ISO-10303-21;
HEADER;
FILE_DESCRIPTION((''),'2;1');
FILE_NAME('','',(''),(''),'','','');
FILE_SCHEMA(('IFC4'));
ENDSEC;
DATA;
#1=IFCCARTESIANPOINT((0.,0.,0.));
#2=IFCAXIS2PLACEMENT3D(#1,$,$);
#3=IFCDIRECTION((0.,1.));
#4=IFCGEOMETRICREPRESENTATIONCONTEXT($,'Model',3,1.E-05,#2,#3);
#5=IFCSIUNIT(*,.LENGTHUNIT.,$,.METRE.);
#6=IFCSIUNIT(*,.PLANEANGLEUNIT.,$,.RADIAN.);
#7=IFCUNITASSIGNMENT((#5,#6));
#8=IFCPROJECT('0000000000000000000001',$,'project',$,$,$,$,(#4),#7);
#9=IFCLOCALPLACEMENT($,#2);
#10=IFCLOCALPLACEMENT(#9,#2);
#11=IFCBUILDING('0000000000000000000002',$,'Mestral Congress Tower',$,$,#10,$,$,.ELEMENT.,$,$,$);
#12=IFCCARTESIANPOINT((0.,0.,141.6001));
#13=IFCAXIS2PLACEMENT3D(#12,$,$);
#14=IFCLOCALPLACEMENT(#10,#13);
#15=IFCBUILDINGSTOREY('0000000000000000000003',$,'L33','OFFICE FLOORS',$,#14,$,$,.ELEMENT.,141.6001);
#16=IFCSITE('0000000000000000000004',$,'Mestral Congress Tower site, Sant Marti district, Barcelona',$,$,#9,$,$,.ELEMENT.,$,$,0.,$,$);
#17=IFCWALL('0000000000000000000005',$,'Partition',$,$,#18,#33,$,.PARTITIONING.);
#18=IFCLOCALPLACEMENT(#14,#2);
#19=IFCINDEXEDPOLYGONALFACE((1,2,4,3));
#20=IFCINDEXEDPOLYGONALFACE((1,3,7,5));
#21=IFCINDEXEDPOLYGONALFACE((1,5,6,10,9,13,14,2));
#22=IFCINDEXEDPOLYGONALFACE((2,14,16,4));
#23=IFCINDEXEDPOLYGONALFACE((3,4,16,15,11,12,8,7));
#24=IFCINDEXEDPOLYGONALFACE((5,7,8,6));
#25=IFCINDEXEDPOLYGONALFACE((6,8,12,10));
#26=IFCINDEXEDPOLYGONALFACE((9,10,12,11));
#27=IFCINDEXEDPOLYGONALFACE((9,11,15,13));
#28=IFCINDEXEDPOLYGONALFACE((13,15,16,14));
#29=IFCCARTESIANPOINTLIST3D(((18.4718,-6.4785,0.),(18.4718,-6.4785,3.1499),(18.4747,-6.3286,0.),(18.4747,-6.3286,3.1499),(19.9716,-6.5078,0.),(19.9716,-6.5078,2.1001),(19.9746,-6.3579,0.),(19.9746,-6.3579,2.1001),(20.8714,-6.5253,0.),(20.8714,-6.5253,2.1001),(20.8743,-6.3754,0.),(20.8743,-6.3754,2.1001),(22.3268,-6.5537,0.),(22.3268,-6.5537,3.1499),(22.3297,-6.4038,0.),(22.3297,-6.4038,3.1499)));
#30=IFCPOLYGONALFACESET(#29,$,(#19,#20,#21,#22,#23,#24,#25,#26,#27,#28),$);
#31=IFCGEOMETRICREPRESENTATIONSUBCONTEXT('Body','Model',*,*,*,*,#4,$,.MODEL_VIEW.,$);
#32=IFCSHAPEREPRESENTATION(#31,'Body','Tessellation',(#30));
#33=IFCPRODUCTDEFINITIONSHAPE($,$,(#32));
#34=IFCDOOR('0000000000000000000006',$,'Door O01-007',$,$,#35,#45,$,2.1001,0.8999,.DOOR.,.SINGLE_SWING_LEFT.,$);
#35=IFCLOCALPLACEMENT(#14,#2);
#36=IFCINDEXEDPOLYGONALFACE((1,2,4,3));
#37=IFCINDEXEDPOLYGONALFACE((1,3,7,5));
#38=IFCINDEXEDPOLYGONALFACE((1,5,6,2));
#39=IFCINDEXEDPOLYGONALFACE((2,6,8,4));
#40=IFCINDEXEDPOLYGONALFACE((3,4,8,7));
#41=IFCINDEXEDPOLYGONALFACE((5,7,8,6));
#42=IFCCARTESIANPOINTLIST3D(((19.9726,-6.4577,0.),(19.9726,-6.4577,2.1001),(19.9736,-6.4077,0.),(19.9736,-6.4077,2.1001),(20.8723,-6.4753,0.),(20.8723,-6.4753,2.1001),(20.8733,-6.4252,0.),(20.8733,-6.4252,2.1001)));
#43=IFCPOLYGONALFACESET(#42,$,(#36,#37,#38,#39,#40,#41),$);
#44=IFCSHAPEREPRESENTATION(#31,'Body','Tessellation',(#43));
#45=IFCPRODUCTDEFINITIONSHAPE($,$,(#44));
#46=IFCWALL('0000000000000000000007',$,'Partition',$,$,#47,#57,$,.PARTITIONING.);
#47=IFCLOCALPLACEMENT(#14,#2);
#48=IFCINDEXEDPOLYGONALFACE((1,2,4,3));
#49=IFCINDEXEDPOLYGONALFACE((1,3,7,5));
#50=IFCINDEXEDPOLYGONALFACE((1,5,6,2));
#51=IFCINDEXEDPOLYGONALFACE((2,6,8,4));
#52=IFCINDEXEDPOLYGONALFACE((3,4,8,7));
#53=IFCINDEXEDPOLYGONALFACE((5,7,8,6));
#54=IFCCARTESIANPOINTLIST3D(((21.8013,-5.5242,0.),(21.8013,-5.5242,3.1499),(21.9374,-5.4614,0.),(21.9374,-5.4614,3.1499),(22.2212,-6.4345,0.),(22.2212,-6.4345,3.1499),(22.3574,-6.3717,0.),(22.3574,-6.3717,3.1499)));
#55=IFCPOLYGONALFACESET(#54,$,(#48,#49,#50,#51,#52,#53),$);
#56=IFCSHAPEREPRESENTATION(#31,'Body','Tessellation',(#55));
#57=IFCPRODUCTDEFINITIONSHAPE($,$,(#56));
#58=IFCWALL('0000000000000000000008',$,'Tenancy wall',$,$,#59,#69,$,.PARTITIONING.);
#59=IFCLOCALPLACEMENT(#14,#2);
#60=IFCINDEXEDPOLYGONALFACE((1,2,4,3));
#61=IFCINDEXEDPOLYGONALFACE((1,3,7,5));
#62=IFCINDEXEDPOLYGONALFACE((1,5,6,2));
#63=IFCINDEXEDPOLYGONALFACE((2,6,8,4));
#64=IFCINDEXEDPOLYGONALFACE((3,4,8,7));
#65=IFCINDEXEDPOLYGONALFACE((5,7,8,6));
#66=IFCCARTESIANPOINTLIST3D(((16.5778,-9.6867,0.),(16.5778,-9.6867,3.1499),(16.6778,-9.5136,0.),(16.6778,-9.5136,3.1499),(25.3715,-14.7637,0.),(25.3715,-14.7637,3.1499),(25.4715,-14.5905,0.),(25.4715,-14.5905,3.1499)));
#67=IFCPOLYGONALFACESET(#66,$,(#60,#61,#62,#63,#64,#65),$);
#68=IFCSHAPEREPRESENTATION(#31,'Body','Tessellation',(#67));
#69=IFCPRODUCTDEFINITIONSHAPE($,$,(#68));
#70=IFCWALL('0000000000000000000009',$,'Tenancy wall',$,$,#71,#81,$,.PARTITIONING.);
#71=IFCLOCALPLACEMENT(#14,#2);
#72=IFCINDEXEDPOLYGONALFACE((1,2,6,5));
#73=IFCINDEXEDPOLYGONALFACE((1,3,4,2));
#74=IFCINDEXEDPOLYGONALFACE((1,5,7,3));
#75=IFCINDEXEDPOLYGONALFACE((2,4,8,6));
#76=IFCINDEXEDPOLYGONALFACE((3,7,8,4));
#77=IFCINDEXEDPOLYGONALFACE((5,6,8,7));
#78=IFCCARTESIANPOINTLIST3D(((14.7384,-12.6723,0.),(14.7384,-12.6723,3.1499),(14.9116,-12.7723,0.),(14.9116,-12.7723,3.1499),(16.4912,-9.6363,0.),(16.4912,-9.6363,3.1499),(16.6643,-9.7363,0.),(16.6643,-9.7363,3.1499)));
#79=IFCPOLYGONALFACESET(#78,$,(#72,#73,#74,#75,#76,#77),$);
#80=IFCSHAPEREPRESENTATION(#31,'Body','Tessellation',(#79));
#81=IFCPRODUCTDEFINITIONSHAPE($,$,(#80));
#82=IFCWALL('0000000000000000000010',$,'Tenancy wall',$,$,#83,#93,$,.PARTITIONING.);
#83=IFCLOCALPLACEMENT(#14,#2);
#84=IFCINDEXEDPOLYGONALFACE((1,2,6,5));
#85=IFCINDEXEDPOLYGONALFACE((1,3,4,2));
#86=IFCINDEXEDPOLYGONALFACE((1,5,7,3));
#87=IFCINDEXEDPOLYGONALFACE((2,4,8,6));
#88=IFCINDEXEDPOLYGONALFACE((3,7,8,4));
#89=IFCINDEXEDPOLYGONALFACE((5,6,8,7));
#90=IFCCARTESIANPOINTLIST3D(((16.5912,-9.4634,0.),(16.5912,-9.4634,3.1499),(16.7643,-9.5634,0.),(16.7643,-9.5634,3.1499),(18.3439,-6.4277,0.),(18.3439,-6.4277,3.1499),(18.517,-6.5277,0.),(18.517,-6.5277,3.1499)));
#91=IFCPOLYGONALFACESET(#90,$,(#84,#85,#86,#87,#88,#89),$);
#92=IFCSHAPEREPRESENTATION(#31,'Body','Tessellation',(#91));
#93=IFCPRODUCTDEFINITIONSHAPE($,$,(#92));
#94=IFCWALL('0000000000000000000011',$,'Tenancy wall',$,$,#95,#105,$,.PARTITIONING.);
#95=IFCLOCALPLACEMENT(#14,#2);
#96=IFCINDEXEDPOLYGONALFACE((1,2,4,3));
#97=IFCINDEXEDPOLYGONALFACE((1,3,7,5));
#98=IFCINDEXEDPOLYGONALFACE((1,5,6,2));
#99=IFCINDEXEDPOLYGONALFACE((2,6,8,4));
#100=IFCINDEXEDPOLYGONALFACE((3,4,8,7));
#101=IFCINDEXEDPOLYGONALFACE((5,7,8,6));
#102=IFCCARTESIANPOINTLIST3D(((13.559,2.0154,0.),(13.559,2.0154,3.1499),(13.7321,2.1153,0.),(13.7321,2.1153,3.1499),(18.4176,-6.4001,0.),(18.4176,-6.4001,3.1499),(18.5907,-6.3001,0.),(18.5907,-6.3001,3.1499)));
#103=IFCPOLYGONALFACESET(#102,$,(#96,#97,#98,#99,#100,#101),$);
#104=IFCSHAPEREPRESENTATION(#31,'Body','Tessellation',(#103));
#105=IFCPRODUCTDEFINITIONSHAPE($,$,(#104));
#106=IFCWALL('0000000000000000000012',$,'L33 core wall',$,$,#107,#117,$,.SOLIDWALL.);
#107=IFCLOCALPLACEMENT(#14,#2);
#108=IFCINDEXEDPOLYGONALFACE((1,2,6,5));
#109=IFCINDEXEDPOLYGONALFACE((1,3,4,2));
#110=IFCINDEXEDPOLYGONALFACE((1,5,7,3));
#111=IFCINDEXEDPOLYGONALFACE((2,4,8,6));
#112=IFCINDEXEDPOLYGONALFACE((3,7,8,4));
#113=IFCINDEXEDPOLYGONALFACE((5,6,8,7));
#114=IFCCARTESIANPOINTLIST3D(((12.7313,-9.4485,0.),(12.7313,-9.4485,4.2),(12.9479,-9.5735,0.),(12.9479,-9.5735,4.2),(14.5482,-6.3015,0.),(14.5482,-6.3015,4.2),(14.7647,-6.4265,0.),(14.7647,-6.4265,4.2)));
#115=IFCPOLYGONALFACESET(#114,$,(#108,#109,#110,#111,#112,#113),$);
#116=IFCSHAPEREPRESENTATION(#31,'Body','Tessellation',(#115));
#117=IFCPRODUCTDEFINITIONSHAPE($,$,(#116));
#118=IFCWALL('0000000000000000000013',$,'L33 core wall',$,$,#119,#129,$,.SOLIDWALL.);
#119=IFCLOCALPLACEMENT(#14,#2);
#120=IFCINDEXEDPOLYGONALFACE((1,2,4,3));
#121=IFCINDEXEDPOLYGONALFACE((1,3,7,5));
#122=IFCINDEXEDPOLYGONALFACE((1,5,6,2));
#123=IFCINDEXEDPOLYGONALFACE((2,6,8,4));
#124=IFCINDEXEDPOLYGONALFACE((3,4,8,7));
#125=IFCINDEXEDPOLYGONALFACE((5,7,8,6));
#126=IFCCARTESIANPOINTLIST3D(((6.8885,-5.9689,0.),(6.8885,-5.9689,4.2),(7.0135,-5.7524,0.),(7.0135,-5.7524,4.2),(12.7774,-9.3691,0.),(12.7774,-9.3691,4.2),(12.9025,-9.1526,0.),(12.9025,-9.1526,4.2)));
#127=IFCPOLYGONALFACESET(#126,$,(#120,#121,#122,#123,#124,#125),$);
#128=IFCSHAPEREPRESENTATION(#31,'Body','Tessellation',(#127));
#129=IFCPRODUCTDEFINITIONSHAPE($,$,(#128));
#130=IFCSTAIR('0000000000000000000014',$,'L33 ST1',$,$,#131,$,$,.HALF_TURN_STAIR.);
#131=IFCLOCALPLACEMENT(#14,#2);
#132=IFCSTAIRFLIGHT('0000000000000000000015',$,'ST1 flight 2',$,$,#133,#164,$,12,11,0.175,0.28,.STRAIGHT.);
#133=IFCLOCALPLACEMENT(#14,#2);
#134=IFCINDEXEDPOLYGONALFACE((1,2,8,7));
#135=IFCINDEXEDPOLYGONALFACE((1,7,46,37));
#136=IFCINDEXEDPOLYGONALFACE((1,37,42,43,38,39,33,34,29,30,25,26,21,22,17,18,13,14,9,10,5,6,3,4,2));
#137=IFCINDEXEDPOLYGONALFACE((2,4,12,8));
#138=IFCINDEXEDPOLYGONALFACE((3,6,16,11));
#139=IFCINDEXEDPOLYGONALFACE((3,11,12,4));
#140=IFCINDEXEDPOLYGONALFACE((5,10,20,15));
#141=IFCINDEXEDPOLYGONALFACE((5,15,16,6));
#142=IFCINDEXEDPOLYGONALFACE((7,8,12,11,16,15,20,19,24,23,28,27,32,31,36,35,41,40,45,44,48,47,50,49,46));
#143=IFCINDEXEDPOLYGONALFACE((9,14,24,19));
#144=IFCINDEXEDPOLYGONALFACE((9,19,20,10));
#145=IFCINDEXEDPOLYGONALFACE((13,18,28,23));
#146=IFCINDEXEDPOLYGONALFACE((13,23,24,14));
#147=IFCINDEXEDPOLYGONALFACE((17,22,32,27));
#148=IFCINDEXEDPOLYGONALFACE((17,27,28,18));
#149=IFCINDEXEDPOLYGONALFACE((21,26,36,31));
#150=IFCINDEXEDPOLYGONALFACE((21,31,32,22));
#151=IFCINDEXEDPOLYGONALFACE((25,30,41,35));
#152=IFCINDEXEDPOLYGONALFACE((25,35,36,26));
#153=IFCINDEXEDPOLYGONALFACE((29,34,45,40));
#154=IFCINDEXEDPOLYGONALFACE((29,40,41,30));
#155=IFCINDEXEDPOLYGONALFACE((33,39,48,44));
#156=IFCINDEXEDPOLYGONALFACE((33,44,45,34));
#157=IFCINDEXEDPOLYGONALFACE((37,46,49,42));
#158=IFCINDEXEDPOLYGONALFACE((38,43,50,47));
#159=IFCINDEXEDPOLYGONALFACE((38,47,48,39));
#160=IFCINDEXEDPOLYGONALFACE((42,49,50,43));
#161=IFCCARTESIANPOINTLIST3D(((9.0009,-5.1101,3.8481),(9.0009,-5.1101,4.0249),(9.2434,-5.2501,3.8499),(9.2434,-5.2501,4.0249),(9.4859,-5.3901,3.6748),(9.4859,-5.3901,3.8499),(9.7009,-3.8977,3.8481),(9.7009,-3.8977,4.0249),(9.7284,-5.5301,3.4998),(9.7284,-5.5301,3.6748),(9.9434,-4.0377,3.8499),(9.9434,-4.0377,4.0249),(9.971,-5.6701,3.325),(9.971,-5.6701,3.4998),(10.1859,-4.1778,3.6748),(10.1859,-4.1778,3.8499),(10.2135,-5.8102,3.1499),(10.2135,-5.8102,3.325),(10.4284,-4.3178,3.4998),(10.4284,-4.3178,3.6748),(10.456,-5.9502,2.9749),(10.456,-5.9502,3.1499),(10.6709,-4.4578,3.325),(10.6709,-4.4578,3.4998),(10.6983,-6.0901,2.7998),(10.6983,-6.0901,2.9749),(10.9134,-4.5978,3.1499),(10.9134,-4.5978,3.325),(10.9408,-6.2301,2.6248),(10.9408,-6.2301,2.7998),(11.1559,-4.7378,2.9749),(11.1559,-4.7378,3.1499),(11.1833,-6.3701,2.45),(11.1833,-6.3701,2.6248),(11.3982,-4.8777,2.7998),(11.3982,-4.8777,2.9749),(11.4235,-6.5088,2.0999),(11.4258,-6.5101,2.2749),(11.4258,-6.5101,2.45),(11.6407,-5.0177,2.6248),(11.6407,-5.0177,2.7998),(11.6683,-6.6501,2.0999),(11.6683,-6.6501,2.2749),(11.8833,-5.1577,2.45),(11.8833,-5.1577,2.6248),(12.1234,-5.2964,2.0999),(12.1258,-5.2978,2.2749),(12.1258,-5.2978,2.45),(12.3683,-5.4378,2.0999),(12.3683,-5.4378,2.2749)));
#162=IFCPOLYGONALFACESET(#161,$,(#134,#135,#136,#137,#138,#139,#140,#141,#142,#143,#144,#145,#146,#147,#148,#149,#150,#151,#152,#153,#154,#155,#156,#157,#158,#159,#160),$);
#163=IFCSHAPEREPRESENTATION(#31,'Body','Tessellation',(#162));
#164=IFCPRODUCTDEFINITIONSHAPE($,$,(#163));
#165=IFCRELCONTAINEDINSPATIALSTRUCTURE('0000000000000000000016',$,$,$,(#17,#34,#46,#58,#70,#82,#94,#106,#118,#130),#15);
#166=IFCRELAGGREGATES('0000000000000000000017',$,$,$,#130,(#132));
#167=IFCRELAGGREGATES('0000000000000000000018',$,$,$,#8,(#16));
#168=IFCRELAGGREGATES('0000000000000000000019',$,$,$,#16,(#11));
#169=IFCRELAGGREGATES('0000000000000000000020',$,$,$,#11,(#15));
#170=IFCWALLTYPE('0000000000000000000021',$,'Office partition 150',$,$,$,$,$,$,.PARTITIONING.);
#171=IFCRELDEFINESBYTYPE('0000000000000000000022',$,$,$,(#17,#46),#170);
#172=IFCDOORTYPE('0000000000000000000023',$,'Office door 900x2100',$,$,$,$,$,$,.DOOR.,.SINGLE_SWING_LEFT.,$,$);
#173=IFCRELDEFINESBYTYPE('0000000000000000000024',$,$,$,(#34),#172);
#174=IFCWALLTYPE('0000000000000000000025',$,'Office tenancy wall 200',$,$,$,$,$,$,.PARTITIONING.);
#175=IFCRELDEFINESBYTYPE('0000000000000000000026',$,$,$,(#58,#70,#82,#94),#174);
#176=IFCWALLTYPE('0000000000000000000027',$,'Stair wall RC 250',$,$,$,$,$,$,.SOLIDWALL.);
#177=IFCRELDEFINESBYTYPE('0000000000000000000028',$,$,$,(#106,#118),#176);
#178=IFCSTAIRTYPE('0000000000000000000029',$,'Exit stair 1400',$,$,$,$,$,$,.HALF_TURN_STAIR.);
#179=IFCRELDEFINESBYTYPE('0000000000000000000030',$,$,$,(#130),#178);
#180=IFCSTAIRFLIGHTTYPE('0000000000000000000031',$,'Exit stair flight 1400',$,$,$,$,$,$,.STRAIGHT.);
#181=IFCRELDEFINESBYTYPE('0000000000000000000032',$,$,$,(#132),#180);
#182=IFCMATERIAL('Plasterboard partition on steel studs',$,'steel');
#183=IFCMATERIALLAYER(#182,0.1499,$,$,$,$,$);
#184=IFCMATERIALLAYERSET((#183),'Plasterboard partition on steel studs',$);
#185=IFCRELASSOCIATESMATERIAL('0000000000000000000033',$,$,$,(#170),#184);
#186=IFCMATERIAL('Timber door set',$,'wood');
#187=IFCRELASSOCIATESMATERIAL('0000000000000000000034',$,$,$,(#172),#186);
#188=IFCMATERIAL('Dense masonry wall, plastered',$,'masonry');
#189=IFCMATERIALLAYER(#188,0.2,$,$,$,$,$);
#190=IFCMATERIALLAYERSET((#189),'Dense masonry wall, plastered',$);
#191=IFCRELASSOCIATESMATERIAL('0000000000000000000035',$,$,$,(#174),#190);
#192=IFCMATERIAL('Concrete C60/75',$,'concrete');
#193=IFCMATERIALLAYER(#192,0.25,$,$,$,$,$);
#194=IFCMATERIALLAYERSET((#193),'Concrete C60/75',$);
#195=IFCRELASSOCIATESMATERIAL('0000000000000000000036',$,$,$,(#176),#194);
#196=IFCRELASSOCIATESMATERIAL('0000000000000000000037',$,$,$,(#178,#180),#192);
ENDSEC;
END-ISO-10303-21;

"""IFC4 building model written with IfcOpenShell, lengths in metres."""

from ifc_helpers import new_model, si_unit, direction, frame, frame_2d, origin, place, context, subcontext, project, spatial, polyline, rectangle, outline, extrude, material, layer, layer_set, type_object, element, fill, aggregate, save


model = new_model("IFC4")

# Units and contexts
model_context = context("Model", 3, precision=1e-05, world=origin(), true_north=direction((0.0, 1.0)))
body_context = subcontext(model_context, "Body", "Model", "MODEL_VIEW")
ifc_project = project(units=[si_unit("LENGTHUNIT", "METRE"), si_unit("PLANEANGLEUNIT", "RADIAN")], contexts=[model_context])

# Site, building, storey
site_placement = place(None, origin())
site = spatial("IfcSite", under=ifc_project, at=site_placement, Name="Mestral Congress Tower site, Sant Marti district, Barcelona", CompositionType="ELEMENT", RefElevation=0.0)
building_placement = place(site_placement, origin())
building = spatial("IfcBuilding", under=site, at=building_placement, Name="Mestral Congress Tower", CompositionType="ELEMENT")
storey_placement = place(building_placement, frame((0.0, 0.0, 141.6001)))
storey = spatial("IfcBuildingStorey", under=building, at=storey_placement, Name="L33", Description="OFFICE FLOORS", CompositionType="ELEMENT", Elevation=141.6001)

# Shared definitions
ifc_material_1 = material(Name="Concrete C60/75", Category="concrete")

# Shared definitions
ifc_material_2 = material(Name="Plasterboard partition on steel studs", Category="steel")
ifc_layer_1 = layer(ifc_material_2, 0.1499)
ifc_layer_set_1 = layer_set([ifc_layer_1], Name="Plasterboard partition on steel studs")
wall_type_1 = type_object("IfcWallType", Name="Office partition 150", PredefinedType="PARTITIONING", material=ifc_layer_set_1)
ifc_material_3 = material(Name="Timber door set", Category="wood")
door_type = type_object("IfcDoorType", Name="Office door 900x2100", OperationType="SINGLE_SWING_LEFT", PredefinedType="DOOR", material=ifc_material_3)

# Wall, opening, door
wall_1_placement = place(storey_placement, frame((22.3281, -6.4788, 0.0), z_axis=(0.0, 0.0, 1.0), x_axis=(-0.99981, 0.019502, 0.0)))
wall_1 = element("IfcWall", 1, at=wall_1_placement, inside=storey, type_object=wall_type_1, Name="Partition", PredefinedType="PARTITIONING", context=body_context, shape_type="SweptSolid", body=[
    extrude(rectangle(XDim=3.8557, YDim=0.1499, at=frame_2d((1.9277, 0.0))), origin(), (0.0, 0.0, 1.0), 3.1499),
])
opening_1_placement = place(wall_1_placement, frame((1.4556, 0.0, 0.0)))
opening_1 = element("IfcOpeningElement", 2, at=opening_1_placement, cuts=wall_1, PredefinedType="OPENING", context=body_context, shape_type="SweptSolid", body=[
    extrude(rectangle(XDim=0.8999, YDim=2.1001, at=frame_2d((0.45, 1.05))), frame((0.0, 0.085, 0.0), z_axis=(0.0, -1.0, 0.0), x_axis=(1.0, 0.0, 0.0)), (0.0, 0.0, 1.0), 0.1699),
])
door_1_placement = place(opening_1_placement, origin())
door_1 = element("IfcDoor", 3, at=door_1_placement, inside=storey, type_object=door_type, Name="Door O01-007", OperationType="SINGLE_SWING_LEFT", OverallHeight=2.1001, OverallWidth=0.8999, PredefinedType="DOOR", context=body_context, shape_type="SweptSolid", body=[
    extrude(rectangle(XDim=0.8999, YDim=2.1001, at=frame_2d((0.45, 1.05))), frame((0.0, 0.0249, 0.0), z_axis=(0.0, -1.0, 0.0), x_axis=(1.0, 0.0, 0.0)), (0.0, 0.0, 1.0), 0.05),
])
fill(opening_1, door_1)

# Walls
wall_2_placement = place(storey_placement, frame((22.2893, -6.4031, 0.0), z_axis=(0.0, 0.0, 1.0), x_axis=(-0.418935, 0.908016, 0.0)))
element("IfcWall", 4, at=wall_2_placement, inside=storey, type_object=wall_type_1, Name="Partition", PredefinedType="PARTITIONING", context=body_context, shape_type="SweptSolid", body=[
    extrude(rectangle(XDim=1.0024, YDim=0.1499, at=frame_2d((0.5012, 0.0))), origin(), (0.0, 0.0, 1.0), 3.1499),
])
ifc_material_4 = material(Name="Dense masonry wall, plastered", Category="masonry")
ifc_layer_2 = layer(ifc_material_4, 0.2)
ifc_layer_set_2 = layer_set([ifc_layer_2], Name="Dense masonry wall, plastered")
wall_type_2 = type_object("IfcWallType", Name="Office tenancy wall 200", PredefinedType="PARTITIONING", material=ifc_layer_set_2)
wall_3_placement = place(storey_placement, frame((16.6277, -9.6001, 0.0), z_axis=(0.0, 0.0, 1.0), x_axis=(0.866031, -0.49999, 0.0)))
element("IfcWall", 5, at=wall_3_placement, inside=storey, type_object=wall_type_2, Name="Tenancy wall", PredefinedType="PARTITIONING", context=body_context, shape_type="SweptSolid", body=[
    extrude(rectangle(XDim=10.1541, YDim=0.2, at=frame_2d((5.0771, 0.0))), origin(), (0.0, 0.0, 1.0), 3.1499),
])
wall_4_placement = place(storey_placement, frame((14.825, -12.7224, 0.0), z_axis=(0.0, 0.0, 1.0), x_axis=(0.499982, 0.866036, 0.0)))
element("IfcWall", 6, at=wall_4_placement, inside=storey, type_object=wall_type_2, Name="Tenancy wall", PredefinedType="PARTITIONING", context=body_context, shape_type="SweptSolid", body=[
    extrude(rectangle(XDim=3.5056, YDim=0.2, at=frame_2d((1.7529, 0.0))), origin(), (0.0, 0.0, 1.0), 3.1499),
])
wall_5_placement = place(storey_placement, frame((16.6777, -9.5134, 0.0), z_axis=(0.0, 0.0, 1.0), x_axis=(0.500012, 0.866019, 0.0)))
element("IfcWall", 7, at=wall_5_placement, inside=storey, type_object=wall_type_2, Name="Tenancy wall", PredefinedType="PARTITIONING", context=body_context, shape_type="SweptSolid", body=[
    extrude(rectangle(XDim=3.5054, YDim=0.2, at=frame_2d((1.7527, 0.0))), origin(), (0.0, 0.0, 1.0), 3.1499),
])
wall_6_placement = place(storey_placement, frame((18.5042, -6.3501, 0.0), z_axis=(0.0, 0.0, 1.0), x_axis=(-0.499995, 0.866028, 0.0)))
element("IfcWall", 8, at=wall_6_placement, inside=storey, type_object=wall_type_2, Name="Tenancy wall", PredefinedType="PARTITIONING", context=body_context, shape_type="SweptSolid", body=[
    extrude(rectangle(XDim=9.7173, YDim=0.2, at=frame_2d((4.8586, 0.0))), origin(), (0.0, 0.0, 1.0), 3.1499),
])
ifc_layer_3 = layer(ifc_material_1, 0.25)
ifc_layer_set_3 = layer_set([ifc_layer_3], Name="Concrete C60/75")
wall_type_3 = type_object("IfcWallType", Name="Stair wall RC 250", PredefinedType="SOLIDWALL", material=ifc_layer_set_3)
wall_7_placement = place(storey_placement, frame((12.8396, -9.511, 0.0), z_axis=(0.0, 0.0, 1.0), x_axis=(0.499998, 0.866027, 0.0)))
element("IfcWall", 9, at=wall_7_placement, inside=storey, type_object=wall_type_3, Name="L33 core wall", PredefinedType="SOLIDWALL", context=body_context, shape_type="SweptSolid", body=[
    extrude(rectangle(XDim=3.6338, YDim=0.25, at=frame_2d((1.8169, 0.0))), origin(), (0.0, 0.0, 1.0), 4.2),
])
wall_8_placement = place(storey_placement, frame((12.8398, -9.2607, 0.0), z_axis=(0.0, 0.0, 1.0), x_axis=(-0.866014, 0.50002, 0.0)))
element("IfcWall", 10, at=wall_8_placement, inside=storey, type_object=wall_type_3, Name="L33 core wall", PredefinedType="SOLIDWALL", context=body_context, shape_type="SweptSolid", body=[
    extrude(rectangle(XDim=6.8, YDim=0.25, at=frame_2d((3.3999, 0.0))), origin(), (0.0, 0.0, 1.0), 4.2),
])

# Stair, stair flight
stair_type = type_object("IfcStairType", Name="Exit stair 1400", PredefinedType="HALF_TURN_STAIR", material=ifc_material_1)
stair_placement = place(storey_placement, origin())
stair = element("IfcStair", 11, at=stair_placement, inside=storey, type_object=stair_type, Name="L33 ST1", PredefinedType="HALF_TURN_STAIR")
stair_flight_type = type_object("IfcStairFlightType", Name="Exit stair flight 1400", PredefinedType="STRAIGHT", material=ifc_material_1)
stair_flight_placement = place(storey_placement, frame((12.0183, -6.0439, 2.0999), z_axis=(0.0, 0.0, 1.0), x_axis=(-0.866025, 0.5, 0.0)))
stair_flight = element("IfcStairFlight", 12, at=stair_flight_placement, type_object=stair_flight_type, Name="ST1 flight 2", NumberOfRisers=12, NumberOfTreads=11, PredefinedType="STRAIGHT", RiserHeight=0.175, TreadLength=0.28, context=body_context, shape_type="SweptSolid", body=[
    extrude(outline(polyline([(0.0, 0.0), (0.0, 0.175), (0.28, 0.175), (0.28, 0.3501), (0.5601, 0.3501), (0.5601, 0.5249), (0.8401, 0.5249), (0.8401, 0.7), (1.1201, 0.7), (1.1201, 0.875), (1.3999, 0.875), (1.3999, 1.05), (1.6799, 1.05), (1.6799, 1.2251), (1.96, 1.2251), (1.96, 1.3999), (2.24, 1.3999), (2.24, 1.575), (2.52, 1.575), (2.52, 1.75), (2.8, 1.75), (2.8, 1.925), (3.0801, 1.925), (3.0801, 2.1001), (3.0801, 1.7483), (0.2827, 0.0), (0.0, 0.0)])), frame((0.0, 0.7, 0.0), z_axis=(0.0, -1.0, 0.0), x_axis=(1.0, 0.0, 0.0)), (0.0, 0.0, 1.0), 1.3999),
])
aggregate(stair, [stair_flight])

save(model, "model.ifc")
